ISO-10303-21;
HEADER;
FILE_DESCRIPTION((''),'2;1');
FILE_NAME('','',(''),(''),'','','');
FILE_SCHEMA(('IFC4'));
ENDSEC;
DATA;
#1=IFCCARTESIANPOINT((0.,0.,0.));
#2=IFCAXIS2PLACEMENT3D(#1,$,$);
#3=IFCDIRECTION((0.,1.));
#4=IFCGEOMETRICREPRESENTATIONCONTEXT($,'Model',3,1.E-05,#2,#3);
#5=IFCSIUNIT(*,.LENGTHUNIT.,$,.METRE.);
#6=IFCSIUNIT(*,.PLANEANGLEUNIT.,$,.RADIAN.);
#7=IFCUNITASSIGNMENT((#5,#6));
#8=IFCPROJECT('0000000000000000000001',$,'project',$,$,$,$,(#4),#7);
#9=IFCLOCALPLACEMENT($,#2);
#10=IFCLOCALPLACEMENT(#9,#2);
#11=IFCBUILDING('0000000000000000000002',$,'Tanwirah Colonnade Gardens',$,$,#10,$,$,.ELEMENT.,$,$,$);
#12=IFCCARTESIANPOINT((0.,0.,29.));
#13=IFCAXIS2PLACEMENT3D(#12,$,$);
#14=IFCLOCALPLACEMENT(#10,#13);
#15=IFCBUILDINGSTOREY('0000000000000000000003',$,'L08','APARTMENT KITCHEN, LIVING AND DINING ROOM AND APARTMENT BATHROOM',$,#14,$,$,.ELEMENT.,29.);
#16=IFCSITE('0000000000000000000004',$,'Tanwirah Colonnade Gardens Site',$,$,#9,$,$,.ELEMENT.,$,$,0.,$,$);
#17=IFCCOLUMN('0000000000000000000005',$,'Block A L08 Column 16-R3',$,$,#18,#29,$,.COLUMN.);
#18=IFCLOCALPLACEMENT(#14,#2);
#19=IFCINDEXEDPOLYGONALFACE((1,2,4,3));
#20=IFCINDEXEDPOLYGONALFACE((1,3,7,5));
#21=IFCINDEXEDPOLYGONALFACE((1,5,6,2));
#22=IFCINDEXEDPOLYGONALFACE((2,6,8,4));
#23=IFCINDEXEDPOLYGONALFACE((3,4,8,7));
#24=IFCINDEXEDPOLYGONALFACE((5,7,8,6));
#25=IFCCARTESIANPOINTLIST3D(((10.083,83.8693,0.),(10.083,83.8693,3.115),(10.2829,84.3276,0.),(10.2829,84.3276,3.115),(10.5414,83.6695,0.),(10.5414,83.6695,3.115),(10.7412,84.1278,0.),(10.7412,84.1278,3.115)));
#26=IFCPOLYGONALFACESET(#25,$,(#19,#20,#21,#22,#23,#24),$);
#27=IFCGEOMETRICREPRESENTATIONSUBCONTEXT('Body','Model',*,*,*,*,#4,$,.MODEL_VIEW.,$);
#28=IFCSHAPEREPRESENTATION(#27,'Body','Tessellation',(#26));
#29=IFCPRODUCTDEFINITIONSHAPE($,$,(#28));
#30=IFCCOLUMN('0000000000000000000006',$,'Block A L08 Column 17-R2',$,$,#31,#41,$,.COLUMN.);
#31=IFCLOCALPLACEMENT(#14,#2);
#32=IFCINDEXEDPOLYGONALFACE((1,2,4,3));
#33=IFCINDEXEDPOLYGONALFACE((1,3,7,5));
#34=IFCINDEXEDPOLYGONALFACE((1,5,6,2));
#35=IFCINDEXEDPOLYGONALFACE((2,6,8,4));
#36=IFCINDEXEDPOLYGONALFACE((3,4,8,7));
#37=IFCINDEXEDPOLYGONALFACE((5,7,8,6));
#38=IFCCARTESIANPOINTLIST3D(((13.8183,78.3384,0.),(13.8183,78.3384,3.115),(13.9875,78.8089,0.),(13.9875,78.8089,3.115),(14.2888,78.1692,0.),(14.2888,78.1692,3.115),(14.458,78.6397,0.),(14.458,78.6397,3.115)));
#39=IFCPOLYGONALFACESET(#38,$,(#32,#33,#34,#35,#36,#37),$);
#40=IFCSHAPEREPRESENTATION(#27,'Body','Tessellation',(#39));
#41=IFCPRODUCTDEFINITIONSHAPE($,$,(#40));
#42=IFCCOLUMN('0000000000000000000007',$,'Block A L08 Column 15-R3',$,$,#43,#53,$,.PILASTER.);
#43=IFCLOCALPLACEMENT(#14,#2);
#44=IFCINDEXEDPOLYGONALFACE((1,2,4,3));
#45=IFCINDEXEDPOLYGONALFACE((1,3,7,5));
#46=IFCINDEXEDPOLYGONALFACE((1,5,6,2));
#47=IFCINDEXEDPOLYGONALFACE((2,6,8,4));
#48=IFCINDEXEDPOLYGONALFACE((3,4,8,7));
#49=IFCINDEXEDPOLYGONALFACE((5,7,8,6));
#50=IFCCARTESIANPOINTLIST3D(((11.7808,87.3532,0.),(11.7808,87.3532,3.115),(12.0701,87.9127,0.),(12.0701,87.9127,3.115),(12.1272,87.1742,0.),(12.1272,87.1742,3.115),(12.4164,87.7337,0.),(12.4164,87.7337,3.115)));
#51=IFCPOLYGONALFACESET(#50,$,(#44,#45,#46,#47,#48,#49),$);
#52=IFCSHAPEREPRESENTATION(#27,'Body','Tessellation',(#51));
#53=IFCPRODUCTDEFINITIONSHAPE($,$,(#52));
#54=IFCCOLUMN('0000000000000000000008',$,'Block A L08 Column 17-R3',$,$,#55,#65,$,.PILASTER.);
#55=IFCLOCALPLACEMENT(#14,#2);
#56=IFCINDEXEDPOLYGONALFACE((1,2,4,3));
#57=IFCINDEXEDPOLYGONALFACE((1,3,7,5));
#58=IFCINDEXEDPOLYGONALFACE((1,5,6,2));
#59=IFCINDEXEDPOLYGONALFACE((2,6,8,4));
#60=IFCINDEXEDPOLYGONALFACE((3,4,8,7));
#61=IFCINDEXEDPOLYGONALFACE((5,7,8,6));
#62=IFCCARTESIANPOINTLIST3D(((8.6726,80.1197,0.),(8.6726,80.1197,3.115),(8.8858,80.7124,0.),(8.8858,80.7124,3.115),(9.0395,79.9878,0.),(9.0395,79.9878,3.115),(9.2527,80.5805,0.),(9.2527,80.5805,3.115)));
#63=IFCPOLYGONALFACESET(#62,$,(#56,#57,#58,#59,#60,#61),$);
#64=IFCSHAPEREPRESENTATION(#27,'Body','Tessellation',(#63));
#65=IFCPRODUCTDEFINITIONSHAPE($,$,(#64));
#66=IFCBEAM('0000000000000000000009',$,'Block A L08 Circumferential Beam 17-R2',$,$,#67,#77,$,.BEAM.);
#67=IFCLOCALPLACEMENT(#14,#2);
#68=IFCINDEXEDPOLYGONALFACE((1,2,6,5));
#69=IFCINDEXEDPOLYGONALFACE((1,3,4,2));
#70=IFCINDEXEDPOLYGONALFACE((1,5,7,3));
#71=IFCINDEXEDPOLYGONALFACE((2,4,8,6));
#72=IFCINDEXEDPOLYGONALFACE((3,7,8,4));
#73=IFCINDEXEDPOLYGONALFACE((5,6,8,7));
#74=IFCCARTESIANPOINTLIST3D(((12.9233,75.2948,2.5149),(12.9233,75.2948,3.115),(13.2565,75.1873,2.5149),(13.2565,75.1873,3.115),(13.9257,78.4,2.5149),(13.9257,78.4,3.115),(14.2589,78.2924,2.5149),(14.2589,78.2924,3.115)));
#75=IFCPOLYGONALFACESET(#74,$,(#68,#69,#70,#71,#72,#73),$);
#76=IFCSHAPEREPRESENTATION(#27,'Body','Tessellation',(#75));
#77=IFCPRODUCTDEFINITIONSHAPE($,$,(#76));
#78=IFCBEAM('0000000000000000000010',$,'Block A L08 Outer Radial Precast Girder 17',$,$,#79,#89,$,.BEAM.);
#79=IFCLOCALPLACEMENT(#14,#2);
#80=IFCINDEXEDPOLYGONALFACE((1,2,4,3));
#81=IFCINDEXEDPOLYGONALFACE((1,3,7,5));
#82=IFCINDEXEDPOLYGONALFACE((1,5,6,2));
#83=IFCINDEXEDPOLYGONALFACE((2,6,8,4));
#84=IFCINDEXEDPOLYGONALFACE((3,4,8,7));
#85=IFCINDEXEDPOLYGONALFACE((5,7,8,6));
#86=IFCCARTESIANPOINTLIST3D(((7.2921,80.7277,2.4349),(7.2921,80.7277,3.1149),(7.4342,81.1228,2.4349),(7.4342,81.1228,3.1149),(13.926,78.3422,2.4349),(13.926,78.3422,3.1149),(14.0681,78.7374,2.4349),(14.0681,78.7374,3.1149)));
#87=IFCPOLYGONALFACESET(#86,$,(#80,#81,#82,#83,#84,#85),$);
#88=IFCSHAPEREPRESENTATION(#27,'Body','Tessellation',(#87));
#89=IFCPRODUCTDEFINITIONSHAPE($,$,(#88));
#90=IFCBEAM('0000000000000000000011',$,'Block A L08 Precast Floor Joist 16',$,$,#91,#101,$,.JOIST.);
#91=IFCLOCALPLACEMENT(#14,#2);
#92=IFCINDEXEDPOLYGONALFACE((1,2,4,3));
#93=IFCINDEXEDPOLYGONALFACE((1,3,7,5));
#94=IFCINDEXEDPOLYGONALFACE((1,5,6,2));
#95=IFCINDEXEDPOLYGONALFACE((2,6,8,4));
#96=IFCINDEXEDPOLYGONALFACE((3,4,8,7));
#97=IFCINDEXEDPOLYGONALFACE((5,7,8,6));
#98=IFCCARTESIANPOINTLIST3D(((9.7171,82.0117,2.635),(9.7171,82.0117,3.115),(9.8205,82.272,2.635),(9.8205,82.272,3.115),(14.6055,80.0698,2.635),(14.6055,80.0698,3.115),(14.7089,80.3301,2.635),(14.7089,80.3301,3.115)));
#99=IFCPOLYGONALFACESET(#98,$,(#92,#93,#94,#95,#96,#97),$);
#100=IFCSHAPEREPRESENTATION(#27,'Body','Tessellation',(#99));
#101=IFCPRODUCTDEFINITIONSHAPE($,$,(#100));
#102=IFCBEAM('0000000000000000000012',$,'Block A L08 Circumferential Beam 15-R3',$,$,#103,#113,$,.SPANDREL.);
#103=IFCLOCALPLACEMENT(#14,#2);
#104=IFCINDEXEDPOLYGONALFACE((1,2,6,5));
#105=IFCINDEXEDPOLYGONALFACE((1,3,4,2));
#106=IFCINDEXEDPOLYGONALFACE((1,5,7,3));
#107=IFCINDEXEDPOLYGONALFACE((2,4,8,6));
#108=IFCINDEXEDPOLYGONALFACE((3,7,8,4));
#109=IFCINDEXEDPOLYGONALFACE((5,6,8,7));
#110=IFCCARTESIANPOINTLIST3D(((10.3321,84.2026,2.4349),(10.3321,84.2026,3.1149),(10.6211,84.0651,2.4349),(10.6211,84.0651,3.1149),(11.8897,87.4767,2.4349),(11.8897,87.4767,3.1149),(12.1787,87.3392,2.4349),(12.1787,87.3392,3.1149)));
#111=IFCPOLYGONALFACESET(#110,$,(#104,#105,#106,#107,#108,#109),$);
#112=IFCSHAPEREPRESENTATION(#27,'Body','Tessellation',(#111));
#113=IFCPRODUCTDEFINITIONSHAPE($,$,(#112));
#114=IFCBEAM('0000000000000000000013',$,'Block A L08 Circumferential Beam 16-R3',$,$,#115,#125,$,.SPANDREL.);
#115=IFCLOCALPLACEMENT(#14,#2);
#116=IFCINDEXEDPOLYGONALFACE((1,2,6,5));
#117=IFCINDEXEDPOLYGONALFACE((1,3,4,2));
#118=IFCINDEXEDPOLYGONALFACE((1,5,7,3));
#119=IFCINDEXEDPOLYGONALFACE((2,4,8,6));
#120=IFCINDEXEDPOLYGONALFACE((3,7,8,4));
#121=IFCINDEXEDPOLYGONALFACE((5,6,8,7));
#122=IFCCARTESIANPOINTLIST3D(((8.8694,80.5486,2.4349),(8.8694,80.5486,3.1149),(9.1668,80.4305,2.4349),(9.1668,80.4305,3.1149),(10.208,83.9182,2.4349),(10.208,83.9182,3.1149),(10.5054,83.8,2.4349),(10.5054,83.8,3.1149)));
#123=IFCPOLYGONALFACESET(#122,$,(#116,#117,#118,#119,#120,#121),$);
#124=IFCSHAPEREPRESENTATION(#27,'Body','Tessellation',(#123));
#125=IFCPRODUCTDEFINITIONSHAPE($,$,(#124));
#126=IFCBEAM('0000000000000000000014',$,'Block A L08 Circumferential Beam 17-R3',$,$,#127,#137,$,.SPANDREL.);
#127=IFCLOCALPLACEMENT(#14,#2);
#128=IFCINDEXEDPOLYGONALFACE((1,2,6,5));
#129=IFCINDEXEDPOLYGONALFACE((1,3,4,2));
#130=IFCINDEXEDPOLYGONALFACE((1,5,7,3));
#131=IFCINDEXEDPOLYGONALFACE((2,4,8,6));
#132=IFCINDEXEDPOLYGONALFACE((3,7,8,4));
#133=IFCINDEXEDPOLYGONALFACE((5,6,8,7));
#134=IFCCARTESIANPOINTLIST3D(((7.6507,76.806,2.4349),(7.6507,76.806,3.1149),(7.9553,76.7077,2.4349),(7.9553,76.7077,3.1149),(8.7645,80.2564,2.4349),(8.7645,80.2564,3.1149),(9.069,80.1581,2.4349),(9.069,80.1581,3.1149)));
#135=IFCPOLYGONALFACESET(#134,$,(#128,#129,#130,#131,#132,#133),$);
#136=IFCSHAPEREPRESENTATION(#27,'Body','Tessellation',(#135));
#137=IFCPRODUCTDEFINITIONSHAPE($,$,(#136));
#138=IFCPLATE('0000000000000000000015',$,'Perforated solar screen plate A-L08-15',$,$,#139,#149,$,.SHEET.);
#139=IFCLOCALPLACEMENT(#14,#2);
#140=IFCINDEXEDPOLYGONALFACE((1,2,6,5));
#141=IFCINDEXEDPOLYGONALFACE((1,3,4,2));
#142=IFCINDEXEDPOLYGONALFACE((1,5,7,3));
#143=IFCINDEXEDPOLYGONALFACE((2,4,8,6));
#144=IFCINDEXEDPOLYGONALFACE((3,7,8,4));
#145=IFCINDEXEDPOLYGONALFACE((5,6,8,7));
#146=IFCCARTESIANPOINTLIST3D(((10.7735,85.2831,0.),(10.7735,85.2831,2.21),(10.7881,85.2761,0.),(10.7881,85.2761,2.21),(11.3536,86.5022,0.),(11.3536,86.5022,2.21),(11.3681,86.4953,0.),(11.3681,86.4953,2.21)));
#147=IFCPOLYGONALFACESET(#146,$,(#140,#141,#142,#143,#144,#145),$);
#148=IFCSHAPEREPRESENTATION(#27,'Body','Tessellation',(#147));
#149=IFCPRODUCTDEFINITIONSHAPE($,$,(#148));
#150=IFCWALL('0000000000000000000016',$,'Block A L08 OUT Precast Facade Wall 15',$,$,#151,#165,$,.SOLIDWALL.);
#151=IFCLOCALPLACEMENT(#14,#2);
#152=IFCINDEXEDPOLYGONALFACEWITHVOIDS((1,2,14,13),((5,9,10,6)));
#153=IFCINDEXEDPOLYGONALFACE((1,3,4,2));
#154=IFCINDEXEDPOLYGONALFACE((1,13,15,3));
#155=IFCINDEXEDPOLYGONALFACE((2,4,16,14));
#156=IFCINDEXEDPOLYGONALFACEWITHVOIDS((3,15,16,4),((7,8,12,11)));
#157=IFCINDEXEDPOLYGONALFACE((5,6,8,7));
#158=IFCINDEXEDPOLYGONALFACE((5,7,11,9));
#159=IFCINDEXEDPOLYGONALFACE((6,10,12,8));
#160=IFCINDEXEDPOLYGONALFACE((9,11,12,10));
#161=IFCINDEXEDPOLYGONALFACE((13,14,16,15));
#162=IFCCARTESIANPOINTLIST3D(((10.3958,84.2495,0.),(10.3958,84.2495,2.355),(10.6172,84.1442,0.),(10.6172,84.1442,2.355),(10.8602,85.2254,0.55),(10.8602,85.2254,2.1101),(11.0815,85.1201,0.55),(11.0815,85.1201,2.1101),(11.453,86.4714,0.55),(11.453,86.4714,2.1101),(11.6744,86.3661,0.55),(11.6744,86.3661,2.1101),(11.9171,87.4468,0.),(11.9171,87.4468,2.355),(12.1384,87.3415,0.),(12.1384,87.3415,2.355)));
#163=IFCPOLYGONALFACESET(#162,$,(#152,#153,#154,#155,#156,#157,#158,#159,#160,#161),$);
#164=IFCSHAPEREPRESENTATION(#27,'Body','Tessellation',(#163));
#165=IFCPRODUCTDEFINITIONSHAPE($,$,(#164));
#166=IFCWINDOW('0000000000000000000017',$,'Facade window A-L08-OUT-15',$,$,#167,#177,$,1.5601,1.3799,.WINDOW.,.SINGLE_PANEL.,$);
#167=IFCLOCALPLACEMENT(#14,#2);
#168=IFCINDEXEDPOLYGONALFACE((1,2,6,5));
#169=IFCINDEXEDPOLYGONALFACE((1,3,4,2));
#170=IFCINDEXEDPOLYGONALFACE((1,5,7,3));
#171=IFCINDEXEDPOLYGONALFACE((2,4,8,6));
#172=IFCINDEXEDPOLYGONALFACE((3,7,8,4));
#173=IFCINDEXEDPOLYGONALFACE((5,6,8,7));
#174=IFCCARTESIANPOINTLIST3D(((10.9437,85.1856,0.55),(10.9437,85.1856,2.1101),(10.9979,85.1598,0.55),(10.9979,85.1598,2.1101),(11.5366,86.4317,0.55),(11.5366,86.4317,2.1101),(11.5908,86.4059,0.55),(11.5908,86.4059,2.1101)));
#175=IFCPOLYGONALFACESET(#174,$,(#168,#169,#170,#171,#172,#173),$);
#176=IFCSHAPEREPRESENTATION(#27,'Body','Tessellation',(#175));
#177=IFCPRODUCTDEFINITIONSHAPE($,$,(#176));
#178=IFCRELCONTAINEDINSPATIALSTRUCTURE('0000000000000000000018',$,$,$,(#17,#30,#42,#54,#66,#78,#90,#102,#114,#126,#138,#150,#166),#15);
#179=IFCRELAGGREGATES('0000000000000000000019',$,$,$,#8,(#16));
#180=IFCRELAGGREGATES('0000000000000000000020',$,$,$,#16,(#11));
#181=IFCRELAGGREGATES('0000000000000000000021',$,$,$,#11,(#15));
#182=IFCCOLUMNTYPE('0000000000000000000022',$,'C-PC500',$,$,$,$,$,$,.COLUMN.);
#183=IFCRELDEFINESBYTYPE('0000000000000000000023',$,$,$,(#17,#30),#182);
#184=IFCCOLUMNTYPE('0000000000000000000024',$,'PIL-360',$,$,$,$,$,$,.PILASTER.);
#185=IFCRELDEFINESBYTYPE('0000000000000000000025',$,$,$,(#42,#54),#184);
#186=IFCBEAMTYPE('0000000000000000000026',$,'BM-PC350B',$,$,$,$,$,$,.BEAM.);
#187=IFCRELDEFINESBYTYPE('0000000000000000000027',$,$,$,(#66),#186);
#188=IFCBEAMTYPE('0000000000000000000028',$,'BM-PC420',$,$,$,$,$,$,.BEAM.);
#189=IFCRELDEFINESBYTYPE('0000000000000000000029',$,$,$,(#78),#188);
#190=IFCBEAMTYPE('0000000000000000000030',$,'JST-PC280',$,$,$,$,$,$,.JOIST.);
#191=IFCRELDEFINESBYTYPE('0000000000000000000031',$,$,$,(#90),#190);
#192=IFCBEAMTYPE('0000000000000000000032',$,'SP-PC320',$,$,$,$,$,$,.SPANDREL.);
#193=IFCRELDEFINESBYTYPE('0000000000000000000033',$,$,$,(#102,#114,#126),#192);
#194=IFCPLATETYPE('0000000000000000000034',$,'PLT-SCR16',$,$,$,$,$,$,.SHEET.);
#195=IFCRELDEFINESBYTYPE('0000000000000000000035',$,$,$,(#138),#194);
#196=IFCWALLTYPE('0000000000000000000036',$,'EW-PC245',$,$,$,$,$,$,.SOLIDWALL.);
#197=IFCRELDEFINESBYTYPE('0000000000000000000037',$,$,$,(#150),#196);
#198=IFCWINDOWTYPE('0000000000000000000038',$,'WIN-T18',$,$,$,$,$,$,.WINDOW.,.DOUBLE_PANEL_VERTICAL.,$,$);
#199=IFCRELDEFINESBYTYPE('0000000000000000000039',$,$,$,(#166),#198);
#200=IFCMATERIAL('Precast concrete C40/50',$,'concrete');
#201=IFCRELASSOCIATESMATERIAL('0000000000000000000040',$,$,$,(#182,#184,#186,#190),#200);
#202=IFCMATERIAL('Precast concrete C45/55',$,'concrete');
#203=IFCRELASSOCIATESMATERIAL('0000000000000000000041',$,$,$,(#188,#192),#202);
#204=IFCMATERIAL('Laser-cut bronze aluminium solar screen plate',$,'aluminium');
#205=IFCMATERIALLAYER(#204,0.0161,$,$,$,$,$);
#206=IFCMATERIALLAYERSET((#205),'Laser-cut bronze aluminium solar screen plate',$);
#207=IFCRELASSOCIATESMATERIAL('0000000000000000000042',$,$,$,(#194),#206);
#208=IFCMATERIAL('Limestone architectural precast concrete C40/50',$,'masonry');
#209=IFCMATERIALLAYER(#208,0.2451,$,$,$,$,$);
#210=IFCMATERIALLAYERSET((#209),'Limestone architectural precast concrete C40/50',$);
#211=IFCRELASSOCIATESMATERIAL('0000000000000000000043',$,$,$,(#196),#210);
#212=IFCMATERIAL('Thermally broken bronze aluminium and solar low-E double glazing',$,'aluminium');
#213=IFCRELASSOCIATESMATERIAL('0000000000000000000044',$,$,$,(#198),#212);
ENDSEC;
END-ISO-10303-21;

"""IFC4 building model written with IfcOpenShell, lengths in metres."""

from ifc_helpers import new_model, si_unit, direction, frame, frame_2d, origin, origin_2d, place, context, subcontext, project, spatial, rectangle, extrude, material, layer, layer_set, material_profile, profile_set, type_object, element, fill, save


model = new_model("IFC4")

# Units and contexts
model_context = context("Model", 3, precision=1e-05, world=origin(), true_north=direction((0.0, 1.0)))
body_context = subcontext(model_context, "Body", "Model", "MODEL_VIEW")
ifc_project = project(units=[si_unit("LENGTHUNIT", "METRE"), si_unit("PLANEANGLEUNIT", "RADIAN")], contexts=[model_context])

# Site, building, storey
site_placement = place(None, origin())
site = spatial("IfcSite", under=ifc_project, at=site_placement, Name="Tanwirah Colonnade Gardens Site", CompositionType="ELEMENT", RefElevation=0.0)
building_placement = place(site_placement, origin())
building = spatial("IfcBuilding", under=site, at=building_placement, Name="Tanwirah Colonnade Gardens", CompositionType="ELEMENT")
storey_placement = place(building_placement, frame((0.0, 0.0, 29.0)))
storey = spatial("IfcBuildingStorey", under=building, at=storey_placement, Name="L08", Description="APARTMENT KITCHEN, LIVING AND DINING ROOM AND APARTMENT BATHROOM", CompositionType="ELEMENT", Elevation=29.0)

# Columns
ifc_material_1 = material(Name="Precast concrete C40/50", Category="concrete")
ifc_material_profile_1 = material_profile(ifc_material_1, rectangle(XDim=0.5, YDim=0.5, at=origin_2d()), Name="PC-COL 500x500")
ifc_profile_set_1 = profile_set([ifc_material_profile_1], Name="Precast concrete C40/50")
column_type_1 = type_object("IfcColumnType", Name="C-PC500", PredefinedType="COLUMN", material=ifc_profile_set_1)
for number, where, z_axis, x_axis, name in (
    (1, (10.4121, 83.9985, 0.0), (0.0, 0.0, 1.0), (-0.916673, 0.399638, 0.0), "Block A L08 Column 16-R3"),
    (2, (14.1382, 78.489, 0.0), (0.0, 0.0, 1.0), (-0.941012, 0.338373, 0.0), "Block A L08 Column 17-R2"),
):
    element("IfcColumn", number, at=place(storey_placement, frame(where, z_axis=z_axis, x_axis=x_axis)), inside=storey, type_object=column_type_1, Name=name, PredefinedType="COLUMN", context=body_context, shape_type="SweptSolid", body=[
        extrude(rectangle(XDim=0.5, YDim=0.5, at=origin_2d()), origin(), (0.0, 0.0, 1.0), 3.115),
    ])
ifc_material_profile_2 = material_profile(ifc_material_1, rectangle(XDim=0.3899, YDim=0.6299, at=origin_2d()), Name="PC-PIL 390x630")
ifc_profile_set_2 = profile_set([ifc_material_profile_2], Name="Precast concrete C40/50")
column_type_2 = type_object("IfcColumnType", Name="PIL-360", PredefinedType="PILASTER", material=ifc_profile_set_2)
for number, where, z_axis, x_axis, name in (
    (3, (12.0986, 87.5435, 0.0), (0.0, 0.0, 1.0), (-0.88835, 0.459166, 0.0), "Block A L08 Column 15-R3"),
    (4, (8.9626, 80.3501, 0.0), (0.0, 0.0, 1.0), (-0.941012, 0.338373, 0.0), "Block A L08 Column 17-R3"),
):
    element("IfcColumn", number, at=place(storey_placement, frame(where, z_axis=z_axis, x_axis=x_axis)), inside=storey, type_object=column_type_2, Name=name, PredefinedType="PILASTER", context=body_context, shape_type="SweptSolid", body=[
        extrude(rectangle(XDim=0.3899, YDim=0.6299, at=origin_2d()), origin(), (0.0, 0.0, 1.0), 3.115),
    ])

# Beams
ifc_material_profile_3 = material_profile(ifc_material_1, rectangle(XDim=0.3501, YDim=0.6001, at=origin_2d()), Name="PC-BM 350x600")
ifc_profile_set_3 = profile_set([ifc_material_profile_3], Name="Precast concrete C40/50")
beam_type_1 = type_object("IfcBeamType", Name="BM-PC350B", PredefinedType="BEAM", material=ifc_profile_set_3)
beam_1_placement = place(storey_placement, frame((14.0923, 78.3462, 2.8149), z_axis=(-0.307213, -0.951641, 0.0), x_axis=(0.951641, -0.307213, 0.0)))
element("IfcBeam", 5, at=beam_1_placement, inside=storey, type_object=beam_type_1, Name="Block A L08 Circumferential Beam 17-R2", PredefinedType="BEAM", context=body_context, shape_type="SweptSolid", body=[
    extrude(rectangle(XDim=0.3501, YDim=0.6001, at=origin_2d()), origin(), (0.0, 0.0, 1.0), 3.2629),
])
ifc_material_2 = material(Name="Precast concrete C45/55", Category="concrete")
ifc_material_profile_4 = material_profile(ifc_material_2, rectangle(XDim=0.4199, YDim=0.6799, at=origin_2d()), Name="PC-BM 420x680")
ifc_profile_set_4 = profile_set([ifc_material_profile_4], Name="Precast concrete C45/55")
beam_type_2 = type_object("IfcBeamType", Name="BM-PC420", PredefinedType="BEAM", material=ifc_profile_set_4)
beam_2_placement = place(storey_placement, frame((13.9971, 78.5398, 2.7749), z_axis=(-0.941012, 0.338374, 0.0), x_axis=(-0.338374, -0.941012, 0.0)))
element("IfcBeam", 6, at=beam_2_placement, inside=storey, type_object=beam_type_2, Name="Block A L08 Outer Radial Precast Girder 17", PredefinedType="BEAM", context=body_context, shape_type="SweptSolid", body=[
    extrude(rectangle(XDim=0.4199, YDim=0.6799, at=origin_2d()), origin(), (0.0, 0.0, 1.0), 7.0498),
])
ifc_material_profile_5 = material_profile(ifc_material_1, rectangle(XDim=0.28, YDim=0.48, at=origin_2d()), Name="PC-JST 280x480")
ifc_profile_set_5 = profile_set([ifc_material_profile_5], Name="Precast concrete C40/50")
beam_type_3 = type_object("IfcBeamType", Name="JST-PC280", PredefinedType="JOIST", material=ifc_profile_set_5)
beam_3_placement = place(storey_placement, frame((14.6572, 80.2, 2.875), z_axis=(-0.929358, 0.369181, 0.0), x_axis=(-0.369181, -0.929358, 0.0)))
element("IfcBeam", 7, at=beam_3_placement, inside=storey, type_object=beam_type_3, Name="Block A L08 Precast Floor Joist 16", PredefinedType="JOIST", context=body_context, shape_type="SweptSolid", body=[
    extrude(rectangle(XDim=0.28, YDim=0.48, at=origin_2d()), origin(), (0.0, 0.0, 1.0), 5.26),
])
ifc_material_profile_6 = material_profile(ifc_material_2, rectangle(XDim=0.3201, YDim=0.6799, at=origin_2d()), Name="PC-SP 320x680")
ifc_profile_set_6 = profile_set([ifc_material_profile_6], Name="Precast concrete C45/55")
beam_type_4 = type_object("IfcBeamType", Name="SP-PC320", PredefinedType="SPANDREL", material=ifc_profile_set_6)
for number, where, z_axis, x_axis, name in (
    (8, (12.0342, 87.408, 2.7749), (-0.429594, -0.903022, 0.0), (0.903022, -0.429594, 0.0), "Block A L08 Circumferential Beam 15-R3"),
    (9, (10.3567, 83.8591, 2.7749), (-0.369195, -0.929352, 0.0), (0.929352, -0.369195, 0.0), "Block A L08 Circumferential Beam 16-R3"),
    (10, (8.9167, 80.2073, 2.7749), (-0.307184, -0.95165, 0.0), (0.95165, -0.307184, 0.0), "Block A L08 Circumferential Beam 17-R3"),
):
    element("IfcBeam", number, at=place(storey_placement, frame(where, z_axis=z_axis, x_axis=x_axis)), inside=storey, type_object=beam_type_4, Name=name, PredefinedType="SPANDREL", context=body_context, shape_type="SweptSolid", body=[
        extrude(rectangle(XDim=0.3201, YDim=0.6799, at=origin_2d()), origin(), (0.0, 0.0, 1.0), 3.6257),
    ])

# Plate
ifc_material_3 = material(Name="Laser-cut bronze aluminium solar screen plate", Category="aluminium")
ifc_layer_1 = layer(ifc_material_3, 0.0161)
ifc_layer_set_1 = layer_set([ifc_layer_1], Name="Laser-cut bronze aluminium solar screen plate")
plate_type = type_object("IfcPlateType", Name="PLT-SCR16", PredefinedType="SHEET", material=ifc_layer_set_1)
plate_placement = place(storey_placement, frame((11.0708, 85.8892, 0.0), z_axis=(0.0, 0.0, 1.0), x_axis=(-0.429637, -0.903002, 0.0)))
element("IfcPlate", 11, at=plate_placement, inside=storey, type_object=plate_type, Name="Perforated solar screen plate A-L08-15", PredefinedType="SHEET", context=body_context, shape_type="SweptSolid", body=[
    extrude(rectangle(XDim=1.3501, YDim=0.0161, at=origin_2d()), origin(), (0.0, 0.0, 1.0), 2.21),
])

# Wall, opening, window
ifc_material_4 = material(Name="Limestone architectural precast concrete C40/50", Category="masonry")
ifc_layer_2 = layer(ifc_material_4, 0.2451)
ifc_layer_set_2 = layer_set([ifc_layer_2], Name="Limestone architectural precast concrete C40/50")
wall_type_1 = type_object("IfcWallType", Name="EW-PC245", PredefinedType="SOLIDWALL", material=ifc_layer_set_2)
wall_1_placement = place(storey_placement, frame((12.0278, 87.3943, 0.0), z_axis=(0.0, 0.0, 1.0), x_axis=(-0.429642, -0.902999, 0.0)))
wall_1 = element("IfcWall", 12, at=wall_1_placement, inside=storey, type_object=wall_type_1, Name="Block A L08 OUT Precast Facade Wall 15", PredefinedType="SOLIDWALL", context=body_context, shape_type="SweptSolid", body=[
    extrude(rectangle(XDim=3.5408, YDim=0.2451, at=frame_2d((1.7705, 0.0))), origin(), (0.0, 0.0, 1.0), 2.355),
])
opening_1_placement = place(wall_1_placement, frame((1.0803, 0.0, 0.55)))
opening_1 = element("IfcOpeningElement", 13, at=opening_1_placement, cuts=wall_1, PredefinedType="OPENING", context=body_context, shape_type="SweptSolid", body=[
    extrude(rectangle(XDim=1.3799, YDim=1.5601, at=frame_2d((0.6899, 0.78))), frame((0.0, 0.1326, 0.0), z_axis=(0.0, -1.0, 0.0), x_axis=(1.0, 0.0, 0.0)), (0.0, 0.0, 1.0), 0.2651),
])
ifc_material_5 = material(Name="Thermally broken bronze aluminium and solar low-E double glazing", Category="aluminium")
window_type_1 = type_object("IfcWindowType", Name="WIN-T18", PartitioningType="DOUBLE_PANEL_VERTICAL", PredefinedType="WINDOW", material=ifc_material_5)
window_1_placement = place(opening_1_placement, origin())
window_1 = element("IfcWindow", 14, at=window_1_placement, inside=storey, type_object=window_type_1, Name="Facade window A-L08-OUT-15", OverallHeight=1.5601, OverallWidth=1.3799, PartitioningType="SINGLE_PANEL", PredefinedType="WINDOW", context=body_context, shape_type="SweptSolid", body=[
    extrude(rectangle(XDim=1.3799, YDim=1.5601, at=frame_2d((0.6899, 0.78))), frame((0.0, 0.03, 0.0), z_axis=(0.0, -1.0, 0.0), x_axis=(1.0, 0.0, 0.0)), (0.0, 0.0, 1.0), 0.0601),
])
fill(opening_1, window_1)

save(model, "model.ifc")
